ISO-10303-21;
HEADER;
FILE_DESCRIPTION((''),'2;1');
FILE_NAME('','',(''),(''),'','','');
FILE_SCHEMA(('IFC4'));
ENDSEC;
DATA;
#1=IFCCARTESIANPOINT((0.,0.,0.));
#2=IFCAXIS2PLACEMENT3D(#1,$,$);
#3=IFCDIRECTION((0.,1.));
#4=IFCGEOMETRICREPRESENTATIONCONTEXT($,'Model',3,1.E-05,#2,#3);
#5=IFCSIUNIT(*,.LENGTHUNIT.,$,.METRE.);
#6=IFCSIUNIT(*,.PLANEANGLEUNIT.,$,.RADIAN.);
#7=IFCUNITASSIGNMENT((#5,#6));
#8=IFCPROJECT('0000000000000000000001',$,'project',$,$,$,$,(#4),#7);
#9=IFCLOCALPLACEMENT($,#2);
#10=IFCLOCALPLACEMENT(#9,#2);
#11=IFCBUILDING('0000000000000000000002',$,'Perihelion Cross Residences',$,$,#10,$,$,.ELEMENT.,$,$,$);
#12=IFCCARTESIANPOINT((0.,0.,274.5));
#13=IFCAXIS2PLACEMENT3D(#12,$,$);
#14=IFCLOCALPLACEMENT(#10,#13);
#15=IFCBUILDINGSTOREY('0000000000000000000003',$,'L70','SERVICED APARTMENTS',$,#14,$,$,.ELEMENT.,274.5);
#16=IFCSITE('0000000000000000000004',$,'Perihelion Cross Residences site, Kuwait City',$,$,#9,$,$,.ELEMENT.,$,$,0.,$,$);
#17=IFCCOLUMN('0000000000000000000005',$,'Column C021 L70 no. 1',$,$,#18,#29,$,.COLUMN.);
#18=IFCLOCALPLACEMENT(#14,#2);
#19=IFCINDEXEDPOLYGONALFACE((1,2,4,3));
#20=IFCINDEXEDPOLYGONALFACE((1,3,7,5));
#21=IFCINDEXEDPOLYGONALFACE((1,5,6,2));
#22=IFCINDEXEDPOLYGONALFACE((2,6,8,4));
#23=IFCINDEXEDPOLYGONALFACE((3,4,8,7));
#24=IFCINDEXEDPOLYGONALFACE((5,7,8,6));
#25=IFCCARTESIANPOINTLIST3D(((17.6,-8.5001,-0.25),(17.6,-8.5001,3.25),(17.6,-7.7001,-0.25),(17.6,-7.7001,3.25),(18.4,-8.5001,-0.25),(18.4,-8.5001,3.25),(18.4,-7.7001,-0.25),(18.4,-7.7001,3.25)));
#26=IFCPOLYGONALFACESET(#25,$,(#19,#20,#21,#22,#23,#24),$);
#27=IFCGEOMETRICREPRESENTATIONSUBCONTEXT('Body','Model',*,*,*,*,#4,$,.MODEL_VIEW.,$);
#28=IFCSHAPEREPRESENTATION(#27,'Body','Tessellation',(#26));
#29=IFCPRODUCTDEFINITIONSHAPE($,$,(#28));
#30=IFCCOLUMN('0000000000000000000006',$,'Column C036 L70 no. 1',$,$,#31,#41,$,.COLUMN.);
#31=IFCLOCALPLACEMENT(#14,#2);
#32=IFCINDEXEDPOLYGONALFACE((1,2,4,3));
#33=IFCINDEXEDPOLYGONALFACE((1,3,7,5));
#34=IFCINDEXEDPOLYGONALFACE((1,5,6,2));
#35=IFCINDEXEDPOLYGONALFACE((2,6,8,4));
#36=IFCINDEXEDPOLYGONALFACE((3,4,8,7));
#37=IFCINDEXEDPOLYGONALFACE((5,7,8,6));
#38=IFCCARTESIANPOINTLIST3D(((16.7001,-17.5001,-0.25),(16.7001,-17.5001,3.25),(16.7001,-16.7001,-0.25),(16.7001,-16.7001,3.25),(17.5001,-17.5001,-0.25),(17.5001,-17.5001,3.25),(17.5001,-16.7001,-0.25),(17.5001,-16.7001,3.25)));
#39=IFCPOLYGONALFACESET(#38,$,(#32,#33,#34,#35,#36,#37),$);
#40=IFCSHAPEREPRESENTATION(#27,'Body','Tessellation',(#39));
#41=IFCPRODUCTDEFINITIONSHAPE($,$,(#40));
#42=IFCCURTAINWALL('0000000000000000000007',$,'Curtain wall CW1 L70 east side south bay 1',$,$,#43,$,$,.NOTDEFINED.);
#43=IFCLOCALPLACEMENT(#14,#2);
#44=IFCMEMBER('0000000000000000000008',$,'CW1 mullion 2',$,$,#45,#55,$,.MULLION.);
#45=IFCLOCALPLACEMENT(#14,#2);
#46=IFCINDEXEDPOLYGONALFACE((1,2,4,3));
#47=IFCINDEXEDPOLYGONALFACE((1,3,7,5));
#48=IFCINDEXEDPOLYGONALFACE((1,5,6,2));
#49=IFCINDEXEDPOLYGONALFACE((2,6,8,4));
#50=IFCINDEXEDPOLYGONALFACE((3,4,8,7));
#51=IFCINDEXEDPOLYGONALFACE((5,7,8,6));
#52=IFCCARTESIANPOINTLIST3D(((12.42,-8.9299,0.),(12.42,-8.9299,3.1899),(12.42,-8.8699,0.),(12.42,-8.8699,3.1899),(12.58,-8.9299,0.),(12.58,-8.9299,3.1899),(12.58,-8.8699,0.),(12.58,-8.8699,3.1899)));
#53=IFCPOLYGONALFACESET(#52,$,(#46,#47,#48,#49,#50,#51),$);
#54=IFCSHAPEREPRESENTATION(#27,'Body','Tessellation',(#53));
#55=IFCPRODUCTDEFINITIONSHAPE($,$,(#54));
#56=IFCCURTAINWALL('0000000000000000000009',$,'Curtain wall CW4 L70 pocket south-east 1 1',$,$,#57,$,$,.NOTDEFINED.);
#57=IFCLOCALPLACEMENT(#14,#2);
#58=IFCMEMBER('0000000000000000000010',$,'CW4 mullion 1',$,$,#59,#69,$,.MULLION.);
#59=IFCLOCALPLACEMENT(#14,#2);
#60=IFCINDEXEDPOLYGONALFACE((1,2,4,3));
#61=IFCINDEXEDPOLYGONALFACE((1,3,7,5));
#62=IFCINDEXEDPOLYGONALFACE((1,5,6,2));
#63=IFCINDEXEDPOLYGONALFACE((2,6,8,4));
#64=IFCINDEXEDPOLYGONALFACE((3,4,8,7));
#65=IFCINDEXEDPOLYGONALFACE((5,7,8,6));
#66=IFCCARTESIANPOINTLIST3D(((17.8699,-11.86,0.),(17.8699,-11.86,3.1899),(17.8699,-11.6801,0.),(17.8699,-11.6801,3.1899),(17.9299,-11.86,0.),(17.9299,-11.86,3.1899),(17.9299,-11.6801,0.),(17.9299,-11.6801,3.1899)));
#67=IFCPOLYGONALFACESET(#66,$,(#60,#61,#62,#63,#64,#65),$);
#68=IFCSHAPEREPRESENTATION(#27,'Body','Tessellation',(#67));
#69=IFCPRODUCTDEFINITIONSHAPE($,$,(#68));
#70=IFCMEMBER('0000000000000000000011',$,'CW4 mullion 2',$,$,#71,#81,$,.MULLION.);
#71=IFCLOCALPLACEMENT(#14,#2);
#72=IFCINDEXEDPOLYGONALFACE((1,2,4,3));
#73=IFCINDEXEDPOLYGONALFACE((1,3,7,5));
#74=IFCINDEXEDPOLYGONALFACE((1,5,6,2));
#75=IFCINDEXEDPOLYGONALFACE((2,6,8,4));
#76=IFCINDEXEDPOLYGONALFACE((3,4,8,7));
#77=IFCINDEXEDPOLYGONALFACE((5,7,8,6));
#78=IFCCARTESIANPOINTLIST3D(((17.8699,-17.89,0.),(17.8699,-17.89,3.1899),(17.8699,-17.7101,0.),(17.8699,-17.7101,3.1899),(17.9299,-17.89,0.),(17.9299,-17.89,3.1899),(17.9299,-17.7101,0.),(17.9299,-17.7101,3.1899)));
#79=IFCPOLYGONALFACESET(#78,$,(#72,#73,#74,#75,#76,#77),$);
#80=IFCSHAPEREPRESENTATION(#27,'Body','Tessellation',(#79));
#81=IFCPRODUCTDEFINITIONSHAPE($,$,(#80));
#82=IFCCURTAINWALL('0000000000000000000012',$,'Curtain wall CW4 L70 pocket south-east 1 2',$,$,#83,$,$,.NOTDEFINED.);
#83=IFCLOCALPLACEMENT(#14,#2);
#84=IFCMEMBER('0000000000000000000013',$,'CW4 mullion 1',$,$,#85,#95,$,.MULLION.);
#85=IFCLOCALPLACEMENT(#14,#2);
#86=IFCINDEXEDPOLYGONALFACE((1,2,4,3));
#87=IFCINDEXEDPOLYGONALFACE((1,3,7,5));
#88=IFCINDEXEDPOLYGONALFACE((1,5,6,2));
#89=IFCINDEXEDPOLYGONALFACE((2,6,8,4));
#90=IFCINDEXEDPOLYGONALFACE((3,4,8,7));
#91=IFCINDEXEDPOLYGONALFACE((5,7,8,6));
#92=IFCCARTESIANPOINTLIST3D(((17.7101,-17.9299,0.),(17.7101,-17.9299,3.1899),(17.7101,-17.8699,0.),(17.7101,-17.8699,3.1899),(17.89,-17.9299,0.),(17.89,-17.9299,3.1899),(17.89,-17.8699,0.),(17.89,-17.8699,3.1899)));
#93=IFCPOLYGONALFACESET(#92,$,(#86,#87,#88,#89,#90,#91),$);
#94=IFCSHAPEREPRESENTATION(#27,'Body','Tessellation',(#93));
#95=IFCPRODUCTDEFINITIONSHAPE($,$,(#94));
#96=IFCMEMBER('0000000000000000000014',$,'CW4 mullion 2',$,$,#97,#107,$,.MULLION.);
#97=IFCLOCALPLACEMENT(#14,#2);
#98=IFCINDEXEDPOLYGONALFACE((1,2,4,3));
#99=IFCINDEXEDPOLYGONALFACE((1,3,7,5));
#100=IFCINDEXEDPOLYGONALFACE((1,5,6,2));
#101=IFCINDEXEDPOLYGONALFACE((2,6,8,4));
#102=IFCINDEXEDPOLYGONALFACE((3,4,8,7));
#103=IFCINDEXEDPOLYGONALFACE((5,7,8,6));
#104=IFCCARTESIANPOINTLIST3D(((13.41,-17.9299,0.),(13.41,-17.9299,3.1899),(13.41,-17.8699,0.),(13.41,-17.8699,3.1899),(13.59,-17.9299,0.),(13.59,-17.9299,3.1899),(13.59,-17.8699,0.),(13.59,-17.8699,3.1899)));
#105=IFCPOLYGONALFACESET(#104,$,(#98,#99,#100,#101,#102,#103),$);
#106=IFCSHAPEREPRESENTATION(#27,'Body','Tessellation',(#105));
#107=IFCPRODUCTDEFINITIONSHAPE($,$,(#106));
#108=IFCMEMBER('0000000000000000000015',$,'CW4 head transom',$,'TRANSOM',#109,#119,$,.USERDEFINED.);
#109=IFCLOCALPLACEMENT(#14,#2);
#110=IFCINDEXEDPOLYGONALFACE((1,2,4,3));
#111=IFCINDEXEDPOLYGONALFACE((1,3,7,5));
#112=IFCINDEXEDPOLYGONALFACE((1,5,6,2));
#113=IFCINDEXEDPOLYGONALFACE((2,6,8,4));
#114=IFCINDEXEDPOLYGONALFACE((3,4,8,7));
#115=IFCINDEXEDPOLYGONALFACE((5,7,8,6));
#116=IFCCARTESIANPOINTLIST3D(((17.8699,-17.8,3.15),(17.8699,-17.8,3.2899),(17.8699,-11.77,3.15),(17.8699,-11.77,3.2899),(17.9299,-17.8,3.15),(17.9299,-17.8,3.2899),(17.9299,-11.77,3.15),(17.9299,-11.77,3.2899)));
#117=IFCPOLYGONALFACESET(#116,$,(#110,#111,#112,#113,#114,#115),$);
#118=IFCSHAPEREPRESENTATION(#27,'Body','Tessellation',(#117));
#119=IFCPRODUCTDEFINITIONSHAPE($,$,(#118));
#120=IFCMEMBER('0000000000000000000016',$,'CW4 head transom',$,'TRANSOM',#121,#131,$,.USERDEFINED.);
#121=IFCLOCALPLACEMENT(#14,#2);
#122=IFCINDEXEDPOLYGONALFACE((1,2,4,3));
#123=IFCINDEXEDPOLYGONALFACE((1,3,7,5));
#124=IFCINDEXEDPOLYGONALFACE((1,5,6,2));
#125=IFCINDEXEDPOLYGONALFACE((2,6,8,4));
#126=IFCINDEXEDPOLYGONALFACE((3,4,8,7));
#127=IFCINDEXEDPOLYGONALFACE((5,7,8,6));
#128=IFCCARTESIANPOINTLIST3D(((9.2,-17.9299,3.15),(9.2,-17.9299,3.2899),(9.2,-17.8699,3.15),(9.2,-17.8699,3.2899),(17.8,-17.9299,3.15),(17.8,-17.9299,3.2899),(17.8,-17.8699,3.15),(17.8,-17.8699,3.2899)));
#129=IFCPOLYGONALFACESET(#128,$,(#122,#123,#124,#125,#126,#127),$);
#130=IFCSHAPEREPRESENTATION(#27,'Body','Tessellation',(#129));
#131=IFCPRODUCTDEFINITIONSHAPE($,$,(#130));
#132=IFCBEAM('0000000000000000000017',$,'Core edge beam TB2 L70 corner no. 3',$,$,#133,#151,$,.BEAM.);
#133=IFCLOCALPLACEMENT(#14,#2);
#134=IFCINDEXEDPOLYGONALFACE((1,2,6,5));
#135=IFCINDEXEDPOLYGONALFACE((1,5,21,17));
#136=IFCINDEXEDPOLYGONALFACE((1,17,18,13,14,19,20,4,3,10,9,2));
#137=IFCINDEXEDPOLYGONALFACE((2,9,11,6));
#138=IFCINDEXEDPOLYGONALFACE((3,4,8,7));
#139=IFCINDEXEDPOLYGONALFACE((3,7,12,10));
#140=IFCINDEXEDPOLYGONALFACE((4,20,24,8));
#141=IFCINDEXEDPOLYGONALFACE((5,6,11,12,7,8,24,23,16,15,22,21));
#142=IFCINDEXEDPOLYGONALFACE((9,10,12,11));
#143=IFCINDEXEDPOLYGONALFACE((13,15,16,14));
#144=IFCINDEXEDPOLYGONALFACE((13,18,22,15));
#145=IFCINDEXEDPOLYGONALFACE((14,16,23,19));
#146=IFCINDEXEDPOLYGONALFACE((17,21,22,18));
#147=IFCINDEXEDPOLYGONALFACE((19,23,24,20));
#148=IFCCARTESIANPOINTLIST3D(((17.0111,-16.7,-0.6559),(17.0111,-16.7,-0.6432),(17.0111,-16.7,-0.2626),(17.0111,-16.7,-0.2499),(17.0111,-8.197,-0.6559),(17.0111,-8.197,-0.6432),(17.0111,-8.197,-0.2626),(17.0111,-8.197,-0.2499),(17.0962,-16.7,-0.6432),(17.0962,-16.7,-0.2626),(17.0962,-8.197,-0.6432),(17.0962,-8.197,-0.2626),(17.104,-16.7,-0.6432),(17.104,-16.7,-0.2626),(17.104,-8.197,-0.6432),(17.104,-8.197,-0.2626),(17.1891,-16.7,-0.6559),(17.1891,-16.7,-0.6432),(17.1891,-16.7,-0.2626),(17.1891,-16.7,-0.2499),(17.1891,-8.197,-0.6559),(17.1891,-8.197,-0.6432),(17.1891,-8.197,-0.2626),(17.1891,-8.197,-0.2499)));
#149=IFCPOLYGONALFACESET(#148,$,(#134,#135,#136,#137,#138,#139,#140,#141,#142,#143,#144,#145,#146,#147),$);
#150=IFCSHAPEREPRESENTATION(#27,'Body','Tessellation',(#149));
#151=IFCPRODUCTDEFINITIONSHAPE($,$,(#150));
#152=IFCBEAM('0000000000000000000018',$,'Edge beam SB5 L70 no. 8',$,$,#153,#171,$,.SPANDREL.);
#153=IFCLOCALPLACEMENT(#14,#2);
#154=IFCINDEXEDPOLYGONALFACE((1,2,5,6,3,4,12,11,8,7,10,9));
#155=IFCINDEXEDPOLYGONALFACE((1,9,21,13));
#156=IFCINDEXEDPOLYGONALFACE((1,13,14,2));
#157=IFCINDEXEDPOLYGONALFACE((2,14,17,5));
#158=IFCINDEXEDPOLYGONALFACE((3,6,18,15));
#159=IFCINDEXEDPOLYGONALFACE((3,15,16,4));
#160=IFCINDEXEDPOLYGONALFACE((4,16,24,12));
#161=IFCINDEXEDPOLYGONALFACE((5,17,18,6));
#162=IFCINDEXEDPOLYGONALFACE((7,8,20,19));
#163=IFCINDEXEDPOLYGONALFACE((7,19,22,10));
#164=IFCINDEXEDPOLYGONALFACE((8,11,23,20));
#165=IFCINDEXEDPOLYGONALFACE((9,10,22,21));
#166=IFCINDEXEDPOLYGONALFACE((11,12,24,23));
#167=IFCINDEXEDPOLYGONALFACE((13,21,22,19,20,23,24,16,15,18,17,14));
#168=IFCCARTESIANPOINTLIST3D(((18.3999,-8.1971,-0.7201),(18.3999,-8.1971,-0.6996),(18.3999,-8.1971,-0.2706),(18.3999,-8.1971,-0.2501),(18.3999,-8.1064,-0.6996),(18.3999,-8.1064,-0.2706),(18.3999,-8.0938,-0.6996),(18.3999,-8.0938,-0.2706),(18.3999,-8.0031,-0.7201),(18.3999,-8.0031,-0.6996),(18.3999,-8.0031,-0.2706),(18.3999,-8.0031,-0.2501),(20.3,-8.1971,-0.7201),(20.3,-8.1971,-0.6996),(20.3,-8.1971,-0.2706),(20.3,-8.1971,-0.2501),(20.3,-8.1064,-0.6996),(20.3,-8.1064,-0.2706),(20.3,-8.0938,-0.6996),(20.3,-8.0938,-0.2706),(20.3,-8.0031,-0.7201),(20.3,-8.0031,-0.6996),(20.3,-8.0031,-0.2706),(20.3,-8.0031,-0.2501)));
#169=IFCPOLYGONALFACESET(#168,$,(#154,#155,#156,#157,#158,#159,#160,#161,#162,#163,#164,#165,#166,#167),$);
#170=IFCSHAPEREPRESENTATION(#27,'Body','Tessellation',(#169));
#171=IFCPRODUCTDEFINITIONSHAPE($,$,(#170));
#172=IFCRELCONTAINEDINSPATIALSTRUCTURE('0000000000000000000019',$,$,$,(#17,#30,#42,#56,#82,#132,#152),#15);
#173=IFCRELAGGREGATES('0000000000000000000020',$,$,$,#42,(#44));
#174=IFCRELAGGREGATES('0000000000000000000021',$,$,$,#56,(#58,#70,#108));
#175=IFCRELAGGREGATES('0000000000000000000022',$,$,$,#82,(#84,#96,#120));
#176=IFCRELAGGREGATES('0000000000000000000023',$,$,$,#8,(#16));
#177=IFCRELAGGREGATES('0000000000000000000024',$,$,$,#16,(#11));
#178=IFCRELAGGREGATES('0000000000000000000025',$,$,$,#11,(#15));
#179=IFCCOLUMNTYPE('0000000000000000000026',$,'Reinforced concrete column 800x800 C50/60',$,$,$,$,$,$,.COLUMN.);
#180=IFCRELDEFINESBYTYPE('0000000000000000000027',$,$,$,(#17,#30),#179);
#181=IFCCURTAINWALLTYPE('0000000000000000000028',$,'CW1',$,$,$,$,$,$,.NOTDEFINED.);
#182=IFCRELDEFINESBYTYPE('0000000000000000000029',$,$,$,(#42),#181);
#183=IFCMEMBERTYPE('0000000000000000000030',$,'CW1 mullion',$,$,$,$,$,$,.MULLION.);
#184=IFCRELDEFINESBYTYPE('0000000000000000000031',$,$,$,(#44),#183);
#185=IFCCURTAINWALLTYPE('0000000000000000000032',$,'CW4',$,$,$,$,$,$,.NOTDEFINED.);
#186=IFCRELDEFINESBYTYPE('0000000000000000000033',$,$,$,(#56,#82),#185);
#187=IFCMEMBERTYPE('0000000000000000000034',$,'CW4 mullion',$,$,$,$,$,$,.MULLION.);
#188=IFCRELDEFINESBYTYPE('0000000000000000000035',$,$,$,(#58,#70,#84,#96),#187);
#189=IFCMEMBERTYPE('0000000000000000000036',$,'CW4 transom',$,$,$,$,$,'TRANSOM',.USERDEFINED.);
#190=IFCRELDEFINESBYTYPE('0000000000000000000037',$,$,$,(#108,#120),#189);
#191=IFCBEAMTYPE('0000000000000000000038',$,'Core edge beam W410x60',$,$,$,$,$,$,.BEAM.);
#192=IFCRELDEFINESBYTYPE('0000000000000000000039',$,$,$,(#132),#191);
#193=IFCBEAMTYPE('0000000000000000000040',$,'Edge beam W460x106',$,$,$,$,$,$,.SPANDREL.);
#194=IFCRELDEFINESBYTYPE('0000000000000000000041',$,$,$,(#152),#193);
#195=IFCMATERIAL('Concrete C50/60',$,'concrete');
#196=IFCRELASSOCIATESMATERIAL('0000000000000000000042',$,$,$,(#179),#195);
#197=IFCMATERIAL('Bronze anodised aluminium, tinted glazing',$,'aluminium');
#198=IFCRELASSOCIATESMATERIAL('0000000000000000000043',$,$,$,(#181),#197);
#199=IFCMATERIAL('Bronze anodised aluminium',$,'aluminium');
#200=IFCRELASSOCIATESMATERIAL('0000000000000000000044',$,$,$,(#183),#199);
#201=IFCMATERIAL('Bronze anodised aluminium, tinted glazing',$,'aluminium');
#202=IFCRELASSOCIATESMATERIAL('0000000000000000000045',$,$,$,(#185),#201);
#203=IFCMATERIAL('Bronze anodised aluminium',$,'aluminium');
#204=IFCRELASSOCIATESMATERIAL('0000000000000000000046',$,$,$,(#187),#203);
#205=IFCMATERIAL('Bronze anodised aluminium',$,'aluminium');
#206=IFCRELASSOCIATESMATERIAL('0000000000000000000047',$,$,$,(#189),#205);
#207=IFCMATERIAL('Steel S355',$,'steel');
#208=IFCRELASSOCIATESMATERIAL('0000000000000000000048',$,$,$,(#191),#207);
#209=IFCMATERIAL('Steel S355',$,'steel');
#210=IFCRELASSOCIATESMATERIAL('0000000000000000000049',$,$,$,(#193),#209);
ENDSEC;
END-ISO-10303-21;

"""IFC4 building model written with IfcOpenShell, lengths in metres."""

from ifc_helpers import new_model, si_unit, direction, frame, origin, origin_2d, place, context, subcontext, project, spatial, rectangle, i_section, extrude, material, material_profile, profile_set, type_object, element, aggregate, save


model = new_model("IFC4")

# Units and contexts
model_context = context("Model", 3, precision=1e-05, world=origin(), true_north=direction((0.0, 1.0)))
body_context = subcontext(model_context, "Body", "Model", "MODEL_VIEW")
ifc_project = project(units=[si_unit("LENGTHUNIT", "METRE"), si_unit("PLANEANGLEUNIT", "RADIAN")], contexts=[model_context])

# Site, building, storey
site_placement = place(None, origin())
site = spatial("IfcSite", under=ifc_project, at=site_placement, Name="Perihelion Cross Residences site, Kuwait City", CompositionType="ELEMENT", RefElevation=0.0)
building_placement = place(site_placement, origin())
building = spatial("IfcBuilding", under=site, at=building_placement, Name="Perihelion Cross Residences", CompositionType="ELEMENT")
storey_placement = place(building_placement, frame((0.0, 0.0, 274.5)))
storey = spatial("IfcBuildingStorey", under=building, at=storey_placement, Name="L70", Description="SERVICED APARTMENTS", CompositionType="ELEMENT", Elevation=274.5)

# Columns
ifc_material_1 = material(Name="Concrete C50/60", Category="concrete")
ifc_material_profile_1 = material_profile(ifc_material_1, rectangle(XDim=0.8, YDim=0.8, at=origin_2d()), Name="RC 800x800")
ifc_profile_set_1 = profile_set([ifc_material_profile_1], Name="Concrete C50/60")
column_type = type_object("IfcColumnType", Name="Reinforced concrete column 800x800 C50/60", PredefinedType="COLUMN", material=ifc_profile_set_1)
for number, where, z_axis, x_axis, name in (
    (1, (18.0, -8.1001, -0.25), (0.0, 0.0, 1.0), (1.0, 0.0, 0.0), "Column C021 L70 no. 1"),
    (2, (17.1001, -17.1001, -0.25), (0.0, 0.0, 1.0), (1.0, 0.0, 0.0), "Column C036 L70 no. 1"),
):
    element("IfcColumn", number, at=place(storey_placement, frame(where, z_axis=z_axis, x_axis=x_axis)), inside=storey, type_object=column_type, Name=name, PredefinedType="COLUMN", context=body_context, shape_type="SweptSolid", body=[
        extrude(rectangle(XDim=0.8, YDim=0.8, at=origin_2d()), origin(), (0.0, 0.0, 1.0), 3.5),
    ])

# Curtain wall, member
ifc_material_2 = material(Name="Bronze anodised aluminium, tinted glazing", Category="aluminium")
curtain_wall_type_1 = type_object("IfcCurtainWallType", Name="CW1", PredefinedType="NOTDEFINED", material=ifc_material_2)
curtain_wall_1_placement = place(storey_placement, origin())
curtain_wall_1 = element("IfcCurtainWall", 3, at=curtain_wall_1_placement, inside=storey, type_object=curtain_wall_type_1, Name="Curtain wall CW1 L70 east side south bay 1", PredefinedType="NOTDEFINED")
ifc_material_3 = material(Name="Bronze anodised aluminium", Category="aluminium")
ifc_material_profile_2 = material_profile(ifc_material_3, rectangle(XDim=0.0601, YDim=0.1599, at=origin_2d()), Name="CW1 mullion")
ifc_profile_set_2 = profile_set([ifc_material_profile_2], Name="Bronze anodised aluminium")
member_type_1 = type_object("IfcMemberType", Name="CW1 mullion", PredefinedType="MULLION", material=ifc_profile_set_2)
member_1_placement = place(storey_placement, frame((12.5, -8.8999, 0.0), z_axis=(0.0, 0.0, 1.0), x_axis=(0.0, 1.0, 0.0)))
member_1 = element("IfcMember", 4, at=member_1_placement, type_object=member_type_1, Name="CW1 mullion 2", PredefinedType="MULLION", context=body_context, shape_type="SweptSolid", body=[
    extrude(rectangle(XDim=0.0601, YDim=0.1599, at=origin_2d()), origin(), (0.0, 0.0, 1.0), 3.1899),
])

# Curtain walls, members
ifc_material_4 = material(Name="Bronze anodised aluminium, tinted glazing", Category="aluminium")
curtain_wall_type_2 = type_object("IfcCurtainWallType", Name="CW4", PredefinedType="NOTDEFINED", material=ifc_material_4)
curtain_wall_2_placement = place(storey_placement, origin())
curtain_wall_2 = element("IfcCurtainWall", 5, at=curtain_wall_2_placement, inside=storey, type_object=curtain_wall_type_2, Name="Curtain wall CW4 L70 pocket south-east 1 1", PredefinedType="NOTDEFINED")
ifc_material_5 = material(Name="Bronze anodised aluminium", Category="aluminium")
ifc_material_profile_3 = material_profile(ifc_material_5, rectangle(XDim=0.0601, YDim=0.1799, at=origin_2d()), Name="CW4 mullion")
ifc_profile_set_3 = profile_set([ifc_material_profile_3], Name="Bronze anodised aluminium")
member_type_2 = type_object("IfcMemberType", Name="CW4 mullion", PredefinedType="MULLION", material=ifc_profile_set_3)
member_2_placement = place(storey_placement, frame((17.8999, -11.77, 0.0), z_axis=(0.0, 0.0, 1.0), x_axis=(1.0, 0.0, 0.0)))
member_2 = element("IfcMember", 6, at=member_2_placement, type_object=member_type_2, Name="CW4 mullion 1", PredefinedType="MULLION", context=body_context, shape_type="SweptSolid", body=[
    extrude(rectangle(XDim=0.0601, YDim=0.1799, at=origin_2d()), origin(), (0.0, 0.0, 1.0), 3.1899),
])
member_3_placement = place(storey_placement, frame((17.8999, -17.8, 0.0), z_axis=(0.0, 0.0, 1.0), x_axis=(1.0, 0.0, 0.0)))
member_3 = element("IfcMember", 7, at=member_3_placement, type_object=member_type_2, Name="CW4 mullion 2", PredefinedType="MULLION", context=body_context, shape_type="SweptSolid", body=[
    extrude(rectangle(XDim=0.0601, YDim=0.1799, at=origin_2d()), origin(), (0.0, 0.0, 1.0), 3.1899),
])
curtain_wall_3_placement = place(storey_placement, origin())
curtain_wall_3 = element("IfcCurtainWall", 8, at=curtain_wall_3_placement, inside=storey, type_object=curtain_wall_type_2, Name="Curtain wall CW4 L70 pocket south-east 1 2", PredefinedType="NOTDEFINED")
member_4_placement = place(storey_placement, frame((17.8, -17.8999, 0.0), z_axis=(0.0, 0.0, 1.0), x_axis=(0.0, -1.0, 0.0)))
member_4 = element("IfcMember", 9, at=member_4_placement, type_object=member_type_2, Name="CW4 mullion 1", PredefinedType="MULLION", context=body_context, shape_type="SweptSolid", body=[
    extrude(rectangle(XDim=0.0601, YDim=0.1799, at=origin_2d()), origin(), (0.0, 0.0, 1.0), 3.1899),
])
member_5_placement = place(storey_placement, frame((13.5, -17.8999, 0.0), z_axis=(0.0, 0.0, 1.0), x_axis=(0.0, -1.0, 0.0)))
member_5 = element("IfcMember", 10, at=member_5_placement, type_object=member_type_2, Name="CW4 mullion 2", PredefinedType="MULLION", context=body_context, shape_type="SweptSolid", body=[
    extrude(rectangle(XDim=0.0601, YDim=0.1799, at=origin_2d()), origin(), (0.0, 0.0, 1.0), 3.1899),
])

# Members
ifc_material_6 = material(Name="Bronze anodised aluminium", Category="aluminium")
ifc_material_profile_4 = material_profile(ifc_material_6, rectangle(XDim=0.0601, YDim=0.1399, at=origin_2d()), Name="CW4 transom")
ifc_profile_set_4 = profile_set([ifc_material_profile_4], Name="Bronze anodised aluminium")
member_type_3 = type_object("IfcMemberType", Name="CW4 transom", ElementType="TRANSOM", PredefinedType="USERDEFINED", material=ifc_profile_set_4)
member_6_placement = place(storey_placement, frame((17.8999, -11.77, 3.22), z_axis=(0.0, -1.0, 0.0), x_axis=(1.0, 0.0, 0.0)))
member_6 = element("IfcMember", 11, at=member_6_placement, type_object=member_type_3, Name="CW4 head transom", ObjectType="TRANSOM", PredefinedType="USERDEFINED", context=body_context, shape_type="SweptSolid", body=[
    extrude(rectangle(XDim=0.0601, YDim=0.1399, at=origin_2d()), origin(), (0.0, 0.0, 1.0), 6.03),
])
member_7_placement = place(storey_placement, frame((17.8, -17.8999, 3.22), z_axis=(-1.0, 0.0, 0.0), x_axis=(0.0, -1.0, 0.0)))
member_7 = element("IfcMember", 12, at=member_7_placement, type_object=member_type_3, Name="CW4 head transom", ObjectType="TRANSOM", PredefinedType="USERDEFINED", context=body_context, shape_type="SweptSolid", body=[
    extrude(rectangle(XDim=0.0601, YDim=0.1399, at=origin_2d()), origin(), (0.0, 0.0, 1.0), 8.6001),
])

# Beams
ifc_material_7 = material(Name="Steel S355", Category="steel")
ifc_material_profile_5 = material_profile(ifc_material_7, i_section(OverallWidth=0.178, OverallDepth=0.406, WebThickness=0.0078, FlangeThickness=0.0127, at=origin_2d()), Name="W410x60")
ifc_profile_set_5 = profile_set([ifc_material_profile_5], Name="Steel S355")
beam_type_1 = type_object("IfcBeamType", Name="Core edge beam W410x60", PredefinedType="BEAM", material=ifc_profile_set_5)
beam_1_placement = place(storey_placement, frame((17.1001, -8.197, -0.4529), z_axis=(0.0, -1.0, 0.0), x_axis=(1.0, 0.0, 0.0)))
element("IfcBeam", 13, at=beam_1_placement, inside=storey, type_object=beam_type_1, Name="Core edge beam TB2 L70 corner no. 3", PredefinedType="BEAM", context=body_context, shape_type="SweptSolid", body=[
    extrude(i_section(OverallWidth=0.178, OverallDepth=0.406, WebThickness=0.0078, FlangeThickness=0.0127, at=origin_2d()), origin(), (0.0, 0.0, 1.0), 8.5029),
])
ifc_material_8 = material(Name="Steel S355", Category="steel")
ifc_material_profile_6 = material_profile(ifc_material_8, i_section(OverallWidth=0.1941, OverallDepth=0.47, WebThickness=0.0127, FlangeThickness=0.0205, at=origin_2d()), Name="W460x106")
ifc_profile_set_6 = profile_set([ifc_material_profile_6], Name="Steel S355")
beam_type_2 = type_object("IfcBeamType", Name="Edge beam W460x106", PredefinedType="SPANDREL", material=ifc_profile_set_6)
beam_2_placement = place(storey_placement, frame((18.3999, -8.1001, -0.4851), z_axis=(1.0, 0.0, 0.0), x_axis=(0.0, 1.0, 0.0)))
element("IfcBeam", 14, at=beam_2_placement, inside=storey, type_object=beam_type_2, Name="Edge beam SB5 L70 no. 8", PredefinedType="SPANDREL", context=body_context, shape_type="SweptSolid", body=[
    extrude(i_section(OverallWidth=0.1941, OverallDepth=0.47, WebThickness=0.0127, FlangeThickness=0.0205, at=origin_2d()), origin(), (0.0, 0.0, 1.0), 1.9001),
])

aggregate(curtain_wall_1, [member_1])
aggregate(curtain_wall_2, [member_2, member_3, member_6])
aggregate(curtain_wall_3, [member_4, member_5, member_7])

save(model, "model.ifc")
